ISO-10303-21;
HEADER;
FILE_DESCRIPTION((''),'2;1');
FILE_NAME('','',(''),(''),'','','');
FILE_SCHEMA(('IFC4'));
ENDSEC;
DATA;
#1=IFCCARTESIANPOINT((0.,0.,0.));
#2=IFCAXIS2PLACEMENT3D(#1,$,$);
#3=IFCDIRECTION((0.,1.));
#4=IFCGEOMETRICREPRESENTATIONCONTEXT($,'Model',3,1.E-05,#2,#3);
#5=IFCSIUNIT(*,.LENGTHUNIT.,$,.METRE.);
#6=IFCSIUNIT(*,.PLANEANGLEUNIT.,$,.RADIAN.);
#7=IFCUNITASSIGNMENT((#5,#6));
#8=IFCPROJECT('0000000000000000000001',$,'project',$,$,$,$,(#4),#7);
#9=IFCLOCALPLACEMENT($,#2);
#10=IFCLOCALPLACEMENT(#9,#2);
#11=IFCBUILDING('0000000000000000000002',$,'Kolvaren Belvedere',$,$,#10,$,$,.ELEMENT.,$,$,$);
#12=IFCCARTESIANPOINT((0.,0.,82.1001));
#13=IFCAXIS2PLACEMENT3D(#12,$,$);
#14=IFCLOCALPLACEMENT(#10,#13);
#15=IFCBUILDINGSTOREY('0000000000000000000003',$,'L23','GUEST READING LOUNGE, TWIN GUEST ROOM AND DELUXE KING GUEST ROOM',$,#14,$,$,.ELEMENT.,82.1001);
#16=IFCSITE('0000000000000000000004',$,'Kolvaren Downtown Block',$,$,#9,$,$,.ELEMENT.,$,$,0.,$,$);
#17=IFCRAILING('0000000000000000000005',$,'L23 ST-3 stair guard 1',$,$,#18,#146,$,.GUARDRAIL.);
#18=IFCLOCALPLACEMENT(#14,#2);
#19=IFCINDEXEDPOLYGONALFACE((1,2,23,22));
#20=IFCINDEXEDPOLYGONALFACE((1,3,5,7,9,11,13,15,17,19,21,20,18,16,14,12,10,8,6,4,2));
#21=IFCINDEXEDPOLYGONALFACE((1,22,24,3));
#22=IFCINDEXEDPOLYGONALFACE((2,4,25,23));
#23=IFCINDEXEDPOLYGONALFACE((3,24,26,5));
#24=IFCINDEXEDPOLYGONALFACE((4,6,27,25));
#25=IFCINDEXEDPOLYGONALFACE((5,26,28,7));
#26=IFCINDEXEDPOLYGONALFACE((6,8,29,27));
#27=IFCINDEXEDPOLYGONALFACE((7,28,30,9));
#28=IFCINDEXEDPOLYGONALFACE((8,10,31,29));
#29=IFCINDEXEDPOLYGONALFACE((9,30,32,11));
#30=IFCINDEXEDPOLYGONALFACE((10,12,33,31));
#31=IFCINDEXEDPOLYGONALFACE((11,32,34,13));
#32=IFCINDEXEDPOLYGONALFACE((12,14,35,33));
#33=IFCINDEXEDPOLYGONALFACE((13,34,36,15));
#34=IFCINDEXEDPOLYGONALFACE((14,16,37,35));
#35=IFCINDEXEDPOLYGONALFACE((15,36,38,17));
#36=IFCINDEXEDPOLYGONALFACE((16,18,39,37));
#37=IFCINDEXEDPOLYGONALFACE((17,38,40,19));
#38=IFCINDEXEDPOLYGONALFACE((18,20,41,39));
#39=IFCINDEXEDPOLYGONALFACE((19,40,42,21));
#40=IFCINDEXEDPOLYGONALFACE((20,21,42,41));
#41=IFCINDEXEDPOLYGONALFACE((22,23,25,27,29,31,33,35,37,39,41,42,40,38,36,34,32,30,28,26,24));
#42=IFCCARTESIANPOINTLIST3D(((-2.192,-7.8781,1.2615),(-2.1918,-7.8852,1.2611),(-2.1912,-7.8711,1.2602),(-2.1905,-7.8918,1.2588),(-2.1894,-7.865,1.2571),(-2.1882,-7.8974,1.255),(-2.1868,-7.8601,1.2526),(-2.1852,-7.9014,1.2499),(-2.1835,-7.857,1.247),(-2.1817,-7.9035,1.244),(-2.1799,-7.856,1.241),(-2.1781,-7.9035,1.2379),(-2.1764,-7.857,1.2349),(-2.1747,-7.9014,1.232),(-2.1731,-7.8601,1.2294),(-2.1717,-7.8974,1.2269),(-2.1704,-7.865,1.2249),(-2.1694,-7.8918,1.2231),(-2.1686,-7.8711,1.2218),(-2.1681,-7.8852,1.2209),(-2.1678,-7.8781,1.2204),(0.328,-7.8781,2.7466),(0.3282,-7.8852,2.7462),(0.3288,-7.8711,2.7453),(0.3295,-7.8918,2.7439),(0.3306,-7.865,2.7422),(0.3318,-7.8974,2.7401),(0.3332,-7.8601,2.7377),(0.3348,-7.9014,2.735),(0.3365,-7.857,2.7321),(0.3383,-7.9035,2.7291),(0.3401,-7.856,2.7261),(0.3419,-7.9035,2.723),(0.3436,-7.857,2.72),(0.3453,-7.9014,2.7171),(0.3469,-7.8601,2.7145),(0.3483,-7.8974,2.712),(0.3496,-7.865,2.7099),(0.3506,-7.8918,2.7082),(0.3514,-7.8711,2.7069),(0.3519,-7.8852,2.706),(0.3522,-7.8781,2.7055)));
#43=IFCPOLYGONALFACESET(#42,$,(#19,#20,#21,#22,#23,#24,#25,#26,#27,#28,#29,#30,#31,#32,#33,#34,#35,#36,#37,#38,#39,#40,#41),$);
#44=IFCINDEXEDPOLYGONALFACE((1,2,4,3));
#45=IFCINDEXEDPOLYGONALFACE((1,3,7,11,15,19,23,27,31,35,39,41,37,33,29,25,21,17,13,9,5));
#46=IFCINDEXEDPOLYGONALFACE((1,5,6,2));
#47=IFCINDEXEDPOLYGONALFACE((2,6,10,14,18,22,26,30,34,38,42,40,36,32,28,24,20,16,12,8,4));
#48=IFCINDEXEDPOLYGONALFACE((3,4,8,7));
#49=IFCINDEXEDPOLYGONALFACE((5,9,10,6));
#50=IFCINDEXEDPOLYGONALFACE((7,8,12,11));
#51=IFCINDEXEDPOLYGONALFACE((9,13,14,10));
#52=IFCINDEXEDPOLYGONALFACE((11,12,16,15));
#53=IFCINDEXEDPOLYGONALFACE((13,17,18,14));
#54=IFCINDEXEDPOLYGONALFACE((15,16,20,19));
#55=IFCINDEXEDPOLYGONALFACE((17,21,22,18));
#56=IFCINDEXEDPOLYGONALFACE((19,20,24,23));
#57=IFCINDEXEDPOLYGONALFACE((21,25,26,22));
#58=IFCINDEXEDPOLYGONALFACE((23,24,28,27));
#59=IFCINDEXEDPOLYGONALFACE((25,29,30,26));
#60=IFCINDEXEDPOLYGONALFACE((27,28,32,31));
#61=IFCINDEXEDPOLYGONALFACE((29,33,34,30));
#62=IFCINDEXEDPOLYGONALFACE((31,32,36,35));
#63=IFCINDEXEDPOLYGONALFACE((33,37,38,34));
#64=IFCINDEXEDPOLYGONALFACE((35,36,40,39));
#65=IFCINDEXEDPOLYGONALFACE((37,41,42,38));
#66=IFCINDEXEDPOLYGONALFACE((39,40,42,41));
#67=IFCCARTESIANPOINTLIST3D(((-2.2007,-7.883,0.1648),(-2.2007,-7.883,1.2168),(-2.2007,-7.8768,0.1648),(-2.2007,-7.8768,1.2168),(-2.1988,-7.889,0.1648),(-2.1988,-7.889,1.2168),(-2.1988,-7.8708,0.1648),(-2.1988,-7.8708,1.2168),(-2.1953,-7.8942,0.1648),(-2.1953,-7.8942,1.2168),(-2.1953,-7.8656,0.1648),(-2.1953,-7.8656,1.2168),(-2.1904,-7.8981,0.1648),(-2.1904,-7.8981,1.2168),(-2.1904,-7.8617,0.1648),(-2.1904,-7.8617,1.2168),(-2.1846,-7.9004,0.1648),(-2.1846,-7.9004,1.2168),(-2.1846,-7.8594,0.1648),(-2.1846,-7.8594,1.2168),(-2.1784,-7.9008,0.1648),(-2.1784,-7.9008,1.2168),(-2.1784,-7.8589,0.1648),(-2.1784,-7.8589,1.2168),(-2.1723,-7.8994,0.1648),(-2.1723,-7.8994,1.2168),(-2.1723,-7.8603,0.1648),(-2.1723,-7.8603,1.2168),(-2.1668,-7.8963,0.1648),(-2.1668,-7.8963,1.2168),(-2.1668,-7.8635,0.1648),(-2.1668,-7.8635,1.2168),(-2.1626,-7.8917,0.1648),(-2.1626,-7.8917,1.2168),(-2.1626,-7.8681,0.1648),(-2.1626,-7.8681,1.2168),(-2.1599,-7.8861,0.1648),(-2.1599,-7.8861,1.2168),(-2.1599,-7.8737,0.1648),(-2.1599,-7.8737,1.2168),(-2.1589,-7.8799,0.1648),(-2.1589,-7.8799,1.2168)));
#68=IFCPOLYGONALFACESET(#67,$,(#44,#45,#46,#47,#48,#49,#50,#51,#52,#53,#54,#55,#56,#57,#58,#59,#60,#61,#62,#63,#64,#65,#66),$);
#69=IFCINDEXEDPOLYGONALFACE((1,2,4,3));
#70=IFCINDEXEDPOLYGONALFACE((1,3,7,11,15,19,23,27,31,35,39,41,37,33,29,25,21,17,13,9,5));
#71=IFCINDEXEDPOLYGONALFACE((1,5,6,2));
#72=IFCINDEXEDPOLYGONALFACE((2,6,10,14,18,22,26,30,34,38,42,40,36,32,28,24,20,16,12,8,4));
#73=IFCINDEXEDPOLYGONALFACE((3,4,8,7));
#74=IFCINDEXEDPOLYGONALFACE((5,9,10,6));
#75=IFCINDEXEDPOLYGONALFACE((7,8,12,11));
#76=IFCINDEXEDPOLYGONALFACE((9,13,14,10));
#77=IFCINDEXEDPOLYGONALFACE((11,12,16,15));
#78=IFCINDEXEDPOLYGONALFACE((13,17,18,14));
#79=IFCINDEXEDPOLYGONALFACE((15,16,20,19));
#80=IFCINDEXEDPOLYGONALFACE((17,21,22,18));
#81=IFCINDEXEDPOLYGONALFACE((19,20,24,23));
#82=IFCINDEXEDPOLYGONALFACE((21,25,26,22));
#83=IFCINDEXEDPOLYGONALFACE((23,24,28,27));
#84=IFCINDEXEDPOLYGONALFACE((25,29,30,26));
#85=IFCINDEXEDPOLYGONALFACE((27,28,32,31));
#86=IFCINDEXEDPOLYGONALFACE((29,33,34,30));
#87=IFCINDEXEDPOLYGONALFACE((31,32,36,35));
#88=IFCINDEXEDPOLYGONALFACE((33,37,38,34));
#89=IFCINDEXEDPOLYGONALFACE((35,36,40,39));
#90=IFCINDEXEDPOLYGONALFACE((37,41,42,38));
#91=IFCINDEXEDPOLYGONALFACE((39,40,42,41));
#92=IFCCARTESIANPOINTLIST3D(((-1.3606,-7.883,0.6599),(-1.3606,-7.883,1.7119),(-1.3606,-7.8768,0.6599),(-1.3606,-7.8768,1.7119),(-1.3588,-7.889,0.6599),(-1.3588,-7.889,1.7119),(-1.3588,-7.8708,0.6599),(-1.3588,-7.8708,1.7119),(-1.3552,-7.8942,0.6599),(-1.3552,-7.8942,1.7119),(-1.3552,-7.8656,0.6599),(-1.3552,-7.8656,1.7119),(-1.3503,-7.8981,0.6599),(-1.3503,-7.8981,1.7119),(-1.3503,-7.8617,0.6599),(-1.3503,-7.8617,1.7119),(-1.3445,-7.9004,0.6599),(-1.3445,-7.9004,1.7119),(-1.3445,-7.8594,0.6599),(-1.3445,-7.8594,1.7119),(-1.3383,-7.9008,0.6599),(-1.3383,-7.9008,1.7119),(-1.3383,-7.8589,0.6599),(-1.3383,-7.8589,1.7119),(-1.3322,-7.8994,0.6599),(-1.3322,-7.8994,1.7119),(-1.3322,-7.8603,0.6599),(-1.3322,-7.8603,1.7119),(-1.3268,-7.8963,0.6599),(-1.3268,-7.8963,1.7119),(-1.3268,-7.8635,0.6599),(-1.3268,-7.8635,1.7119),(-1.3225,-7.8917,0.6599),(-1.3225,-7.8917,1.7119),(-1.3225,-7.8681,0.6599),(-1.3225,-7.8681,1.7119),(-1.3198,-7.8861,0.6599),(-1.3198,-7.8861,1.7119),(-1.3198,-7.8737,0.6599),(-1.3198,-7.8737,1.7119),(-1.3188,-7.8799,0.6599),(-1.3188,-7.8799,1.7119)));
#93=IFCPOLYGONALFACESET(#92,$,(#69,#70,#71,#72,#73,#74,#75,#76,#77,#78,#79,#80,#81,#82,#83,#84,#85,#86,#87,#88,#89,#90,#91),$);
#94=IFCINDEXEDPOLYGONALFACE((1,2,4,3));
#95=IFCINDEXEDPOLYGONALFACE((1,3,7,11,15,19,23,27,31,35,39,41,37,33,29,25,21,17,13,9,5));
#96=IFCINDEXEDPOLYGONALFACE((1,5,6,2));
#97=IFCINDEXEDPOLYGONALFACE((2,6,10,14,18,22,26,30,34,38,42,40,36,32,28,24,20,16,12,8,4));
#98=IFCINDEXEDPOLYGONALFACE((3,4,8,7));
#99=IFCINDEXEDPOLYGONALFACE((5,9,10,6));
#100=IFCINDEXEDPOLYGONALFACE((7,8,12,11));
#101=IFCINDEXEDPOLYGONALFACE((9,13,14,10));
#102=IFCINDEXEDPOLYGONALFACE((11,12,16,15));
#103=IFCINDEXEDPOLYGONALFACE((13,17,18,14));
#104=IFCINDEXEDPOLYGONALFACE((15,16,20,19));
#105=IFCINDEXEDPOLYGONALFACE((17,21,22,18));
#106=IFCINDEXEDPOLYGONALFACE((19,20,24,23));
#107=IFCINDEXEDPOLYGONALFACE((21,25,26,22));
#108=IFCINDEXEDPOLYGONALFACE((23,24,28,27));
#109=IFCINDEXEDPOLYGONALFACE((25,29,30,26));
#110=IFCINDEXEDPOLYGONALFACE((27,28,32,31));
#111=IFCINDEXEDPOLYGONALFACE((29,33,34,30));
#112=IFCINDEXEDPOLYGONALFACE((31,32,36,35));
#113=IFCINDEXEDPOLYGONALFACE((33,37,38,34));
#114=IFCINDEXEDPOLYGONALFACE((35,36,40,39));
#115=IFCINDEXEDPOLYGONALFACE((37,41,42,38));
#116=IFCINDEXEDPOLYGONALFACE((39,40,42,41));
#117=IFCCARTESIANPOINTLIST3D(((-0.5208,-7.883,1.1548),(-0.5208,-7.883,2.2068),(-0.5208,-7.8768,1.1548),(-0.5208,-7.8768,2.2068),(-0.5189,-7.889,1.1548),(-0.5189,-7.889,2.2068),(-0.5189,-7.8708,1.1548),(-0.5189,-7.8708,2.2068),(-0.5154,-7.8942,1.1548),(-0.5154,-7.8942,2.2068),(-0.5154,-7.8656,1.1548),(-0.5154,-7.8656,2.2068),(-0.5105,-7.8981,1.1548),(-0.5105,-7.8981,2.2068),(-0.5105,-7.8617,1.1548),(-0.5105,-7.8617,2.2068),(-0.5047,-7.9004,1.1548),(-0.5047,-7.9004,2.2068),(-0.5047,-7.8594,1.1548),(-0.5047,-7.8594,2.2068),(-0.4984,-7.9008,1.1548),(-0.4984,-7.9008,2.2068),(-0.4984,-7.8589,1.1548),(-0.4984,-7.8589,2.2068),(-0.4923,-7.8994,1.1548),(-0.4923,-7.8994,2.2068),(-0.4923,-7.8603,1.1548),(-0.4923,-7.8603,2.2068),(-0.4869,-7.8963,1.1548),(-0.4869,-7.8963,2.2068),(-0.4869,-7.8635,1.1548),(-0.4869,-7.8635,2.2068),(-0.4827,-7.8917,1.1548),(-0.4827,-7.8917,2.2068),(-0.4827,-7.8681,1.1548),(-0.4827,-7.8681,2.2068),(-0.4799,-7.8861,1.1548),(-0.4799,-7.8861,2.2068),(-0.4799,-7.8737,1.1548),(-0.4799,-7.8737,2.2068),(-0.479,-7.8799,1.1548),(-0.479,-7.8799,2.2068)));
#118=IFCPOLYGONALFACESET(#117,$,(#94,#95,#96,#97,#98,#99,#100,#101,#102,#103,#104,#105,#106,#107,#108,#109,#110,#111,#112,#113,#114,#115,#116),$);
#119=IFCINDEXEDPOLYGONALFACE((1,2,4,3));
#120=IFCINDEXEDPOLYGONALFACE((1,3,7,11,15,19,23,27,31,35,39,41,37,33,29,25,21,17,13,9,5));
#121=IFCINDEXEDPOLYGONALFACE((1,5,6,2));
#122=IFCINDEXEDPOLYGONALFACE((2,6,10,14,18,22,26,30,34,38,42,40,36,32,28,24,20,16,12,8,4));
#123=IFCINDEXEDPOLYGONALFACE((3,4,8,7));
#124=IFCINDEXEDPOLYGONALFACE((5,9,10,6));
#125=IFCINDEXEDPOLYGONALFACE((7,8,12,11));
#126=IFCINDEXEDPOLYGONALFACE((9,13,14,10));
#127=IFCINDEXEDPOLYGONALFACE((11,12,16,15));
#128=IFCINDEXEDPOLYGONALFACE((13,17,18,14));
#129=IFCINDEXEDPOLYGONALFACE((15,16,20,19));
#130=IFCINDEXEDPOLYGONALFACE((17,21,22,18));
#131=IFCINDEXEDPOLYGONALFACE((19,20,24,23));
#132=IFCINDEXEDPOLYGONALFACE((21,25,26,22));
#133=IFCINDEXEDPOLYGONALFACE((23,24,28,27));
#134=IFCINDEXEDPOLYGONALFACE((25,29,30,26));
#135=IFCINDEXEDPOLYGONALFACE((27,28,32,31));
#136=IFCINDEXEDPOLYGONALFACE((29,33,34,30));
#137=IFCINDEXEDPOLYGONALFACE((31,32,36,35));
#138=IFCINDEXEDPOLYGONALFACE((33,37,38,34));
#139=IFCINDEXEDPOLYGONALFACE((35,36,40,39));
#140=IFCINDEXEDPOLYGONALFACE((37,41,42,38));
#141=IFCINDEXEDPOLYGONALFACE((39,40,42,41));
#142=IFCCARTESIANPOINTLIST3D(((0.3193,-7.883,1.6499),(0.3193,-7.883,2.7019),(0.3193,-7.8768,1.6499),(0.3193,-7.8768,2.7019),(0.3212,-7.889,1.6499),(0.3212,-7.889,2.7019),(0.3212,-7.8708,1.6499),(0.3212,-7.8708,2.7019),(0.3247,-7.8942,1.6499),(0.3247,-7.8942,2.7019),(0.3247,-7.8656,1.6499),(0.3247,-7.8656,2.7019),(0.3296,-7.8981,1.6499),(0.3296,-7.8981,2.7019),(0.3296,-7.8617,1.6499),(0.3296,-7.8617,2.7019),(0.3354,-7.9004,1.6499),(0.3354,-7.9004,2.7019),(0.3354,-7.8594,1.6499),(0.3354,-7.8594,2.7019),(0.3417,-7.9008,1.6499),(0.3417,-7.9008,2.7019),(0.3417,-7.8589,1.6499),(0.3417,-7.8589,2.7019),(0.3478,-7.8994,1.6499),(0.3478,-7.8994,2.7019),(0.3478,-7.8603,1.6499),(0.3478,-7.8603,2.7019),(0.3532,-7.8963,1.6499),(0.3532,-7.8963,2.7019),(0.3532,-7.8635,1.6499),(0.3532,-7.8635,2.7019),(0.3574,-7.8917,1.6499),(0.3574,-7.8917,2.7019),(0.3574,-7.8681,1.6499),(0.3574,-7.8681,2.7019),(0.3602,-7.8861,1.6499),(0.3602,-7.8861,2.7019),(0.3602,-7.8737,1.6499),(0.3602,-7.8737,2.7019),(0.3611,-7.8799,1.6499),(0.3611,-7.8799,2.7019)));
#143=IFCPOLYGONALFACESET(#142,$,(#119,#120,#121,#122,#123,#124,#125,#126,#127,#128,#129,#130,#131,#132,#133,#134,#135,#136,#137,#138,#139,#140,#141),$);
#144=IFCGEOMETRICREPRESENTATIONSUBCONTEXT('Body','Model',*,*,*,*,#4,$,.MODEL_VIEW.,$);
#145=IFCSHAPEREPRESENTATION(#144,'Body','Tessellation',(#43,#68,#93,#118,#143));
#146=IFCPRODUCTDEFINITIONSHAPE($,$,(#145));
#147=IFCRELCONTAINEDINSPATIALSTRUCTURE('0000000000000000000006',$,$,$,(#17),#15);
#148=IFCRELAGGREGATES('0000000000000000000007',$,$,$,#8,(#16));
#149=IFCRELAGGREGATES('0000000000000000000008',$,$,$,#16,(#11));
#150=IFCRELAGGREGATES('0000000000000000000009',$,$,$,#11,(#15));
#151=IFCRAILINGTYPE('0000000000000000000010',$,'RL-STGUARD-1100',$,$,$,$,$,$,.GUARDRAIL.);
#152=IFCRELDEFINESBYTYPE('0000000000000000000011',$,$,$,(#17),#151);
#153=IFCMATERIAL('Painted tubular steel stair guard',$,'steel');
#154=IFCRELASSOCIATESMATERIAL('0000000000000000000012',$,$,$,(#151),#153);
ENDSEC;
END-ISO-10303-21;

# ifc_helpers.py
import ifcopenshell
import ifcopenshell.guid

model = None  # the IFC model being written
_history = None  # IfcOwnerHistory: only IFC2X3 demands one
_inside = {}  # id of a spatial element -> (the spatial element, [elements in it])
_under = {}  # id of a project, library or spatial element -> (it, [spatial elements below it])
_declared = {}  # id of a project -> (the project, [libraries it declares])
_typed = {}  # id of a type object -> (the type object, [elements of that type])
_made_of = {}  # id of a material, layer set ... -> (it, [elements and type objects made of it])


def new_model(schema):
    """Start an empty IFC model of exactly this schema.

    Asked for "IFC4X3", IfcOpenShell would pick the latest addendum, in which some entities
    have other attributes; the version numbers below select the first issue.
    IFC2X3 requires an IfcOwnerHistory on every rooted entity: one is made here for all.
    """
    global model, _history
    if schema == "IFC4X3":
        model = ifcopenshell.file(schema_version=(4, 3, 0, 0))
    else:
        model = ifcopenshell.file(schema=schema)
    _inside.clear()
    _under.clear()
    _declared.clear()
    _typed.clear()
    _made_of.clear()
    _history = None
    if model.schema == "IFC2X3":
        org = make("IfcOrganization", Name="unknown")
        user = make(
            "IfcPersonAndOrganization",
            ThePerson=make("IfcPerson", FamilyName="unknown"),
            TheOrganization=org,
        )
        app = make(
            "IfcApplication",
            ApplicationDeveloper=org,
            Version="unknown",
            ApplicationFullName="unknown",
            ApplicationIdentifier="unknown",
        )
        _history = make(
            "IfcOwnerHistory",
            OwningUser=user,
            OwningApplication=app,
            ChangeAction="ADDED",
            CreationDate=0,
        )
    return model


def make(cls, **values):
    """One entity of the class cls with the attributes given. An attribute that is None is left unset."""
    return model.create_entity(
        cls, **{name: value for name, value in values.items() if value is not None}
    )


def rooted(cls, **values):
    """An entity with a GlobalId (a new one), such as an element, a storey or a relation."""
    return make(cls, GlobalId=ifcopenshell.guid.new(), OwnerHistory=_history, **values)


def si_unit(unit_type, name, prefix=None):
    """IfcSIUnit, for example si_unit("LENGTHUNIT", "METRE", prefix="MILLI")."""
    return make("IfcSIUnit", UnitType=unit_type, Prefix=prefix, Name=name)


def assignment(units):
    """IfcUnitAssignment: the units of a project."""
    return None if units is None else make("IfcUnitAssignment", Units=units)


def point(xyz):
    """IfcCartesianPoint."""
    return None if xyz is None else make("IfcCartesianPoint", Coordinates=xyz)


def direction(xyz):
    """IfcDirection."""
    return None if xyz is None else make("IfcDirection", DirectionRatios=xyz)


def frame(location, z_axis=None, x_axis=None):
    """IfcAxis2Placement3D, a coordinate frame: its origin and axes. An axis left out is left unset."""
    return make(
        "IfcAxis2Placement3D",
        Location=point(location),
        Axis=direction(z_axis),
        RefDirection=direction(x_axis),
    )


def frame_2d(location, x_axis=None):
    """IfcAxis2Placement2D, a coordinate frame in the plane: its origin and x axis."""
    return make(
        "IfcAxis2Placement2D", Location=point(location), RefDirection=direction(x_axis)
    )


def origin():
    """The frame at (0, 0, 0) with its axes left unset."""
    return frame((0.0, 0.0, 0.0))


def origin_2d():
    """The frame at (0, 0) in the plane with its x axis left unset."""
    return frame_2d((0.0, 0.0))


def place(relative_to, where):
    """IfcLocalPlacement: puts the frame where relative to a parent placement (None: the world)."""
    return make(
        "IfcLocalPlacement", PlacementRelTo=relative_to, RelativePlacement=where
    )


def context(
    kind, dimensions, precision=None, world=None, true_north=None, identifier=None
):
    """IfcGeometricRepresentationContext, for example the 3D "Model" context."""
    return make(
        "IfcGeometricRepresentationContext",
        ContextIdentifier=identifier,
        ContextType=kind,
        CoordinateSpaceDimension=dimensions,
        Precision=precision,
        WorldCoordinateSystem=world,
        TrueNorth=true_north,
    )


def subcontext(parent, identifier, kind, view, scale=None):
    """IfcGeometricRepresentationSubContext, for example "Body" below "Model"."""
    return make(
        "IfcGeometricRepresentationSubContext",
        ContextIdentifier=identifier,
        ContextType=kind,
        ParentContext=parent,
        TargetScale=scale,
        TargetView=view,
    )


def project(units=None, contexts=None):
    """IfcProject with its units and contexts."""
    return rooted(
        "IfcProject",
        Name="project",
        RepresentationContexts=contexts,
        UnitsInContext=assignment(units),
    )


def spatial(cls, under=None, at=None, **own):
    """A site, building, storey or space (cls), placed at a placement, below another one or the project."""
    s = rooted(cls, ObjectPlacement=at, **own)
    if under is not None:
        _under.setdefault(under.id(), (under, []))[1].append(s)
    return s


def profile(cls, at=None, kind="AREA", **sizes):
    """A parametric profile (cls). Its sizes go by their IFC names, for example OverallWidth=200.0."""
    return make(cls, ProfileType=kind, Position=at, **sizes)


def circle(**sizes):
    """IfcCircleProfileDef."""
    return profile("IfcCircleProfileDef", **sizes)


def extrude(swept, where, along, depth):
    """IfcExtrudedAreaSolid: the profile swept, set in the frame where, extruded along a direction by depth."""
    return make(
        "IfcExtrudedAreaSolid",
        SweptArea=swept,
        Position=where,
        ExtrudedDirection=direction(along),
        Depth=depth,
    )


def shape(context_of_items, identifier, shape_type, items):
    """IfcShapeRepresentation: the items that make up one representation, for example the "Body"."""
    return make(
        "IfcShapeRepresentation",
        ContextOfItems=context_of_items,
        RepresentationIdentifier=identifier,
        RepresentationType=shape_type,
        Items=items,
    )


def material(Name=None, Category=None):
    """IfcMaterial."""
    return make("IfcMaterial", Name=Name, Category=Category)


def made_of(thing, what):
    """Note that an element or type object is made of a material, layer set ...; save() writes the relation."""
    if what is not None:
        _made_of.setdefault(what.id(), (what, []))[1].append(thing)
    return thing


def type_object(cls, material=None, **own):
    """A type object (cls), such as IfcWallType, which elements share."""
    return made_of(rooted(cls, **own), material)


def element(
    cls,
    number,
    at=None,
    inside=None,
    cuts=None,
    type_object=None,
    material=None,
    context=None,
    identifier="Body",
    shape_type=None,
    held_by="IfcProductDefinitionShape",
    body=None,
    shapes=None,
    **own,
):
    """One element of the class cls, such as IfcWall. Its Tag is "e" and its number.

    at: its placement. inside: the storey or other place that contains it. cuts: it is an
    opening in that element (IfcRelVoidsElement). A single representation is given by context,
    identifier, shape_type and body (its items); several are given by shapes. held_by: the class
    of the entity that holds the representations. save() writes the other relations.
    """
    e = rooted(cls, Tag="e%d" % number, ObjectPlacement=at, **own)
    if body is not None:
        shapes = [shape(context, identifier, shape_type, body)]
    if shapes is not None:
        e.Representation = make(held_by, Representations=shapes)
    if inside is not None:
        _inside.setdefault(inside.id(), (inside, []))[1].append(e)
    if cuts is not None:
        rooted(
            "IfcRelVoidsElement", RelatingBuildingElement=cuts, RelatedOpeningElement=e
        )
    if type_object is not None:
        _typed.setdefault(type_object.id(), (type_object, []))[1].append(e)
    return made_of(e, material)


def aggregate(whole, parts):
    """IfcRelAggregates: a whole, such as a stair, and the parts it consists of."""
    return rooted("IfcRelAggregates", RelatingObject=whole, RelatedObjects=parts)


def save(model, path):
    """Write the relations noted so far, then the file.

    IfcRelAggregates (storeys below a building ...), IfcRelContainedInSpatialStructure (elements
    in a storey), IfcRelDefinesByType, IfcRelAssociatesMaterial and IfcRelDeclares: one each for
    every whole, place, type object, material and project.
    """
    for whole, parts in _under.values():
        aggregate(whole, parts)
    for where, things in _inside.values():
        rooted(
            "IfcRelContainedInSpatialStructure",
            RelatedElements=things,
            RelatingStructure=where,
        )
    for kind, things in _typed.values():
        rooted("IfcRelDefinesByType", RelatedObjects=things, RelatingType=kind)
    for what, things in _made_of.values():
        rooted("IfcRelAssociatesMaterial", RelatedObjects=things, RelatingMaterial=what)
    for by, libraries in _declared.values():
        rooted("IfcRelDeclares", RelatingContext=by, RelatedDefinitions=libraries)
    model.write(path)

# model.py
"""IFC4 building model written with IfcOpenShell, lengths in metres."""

from ifc_helpers import new_model, si_unit, direction, frame, origin, origin_2d, place, context, subcontext, project, spatial, circle, extrude, material, type_object, element, save


model = new_model("IFC4")

# Units and contexts
model_context = context("Model", 3, precision=1e-05, world=origin(), true_north=direction((0.0, 1.0)))
body_context = subcontext(model_context, "Body", "Model", "MODEL_VIEW")
ifc_project = project(units=[si_unit("LENGTHUNIT", "METRE"), si_unit("PLANEANGLEUNIT", "RADIAN")], contexts=[model_context])

# Site, building, storey
site_placement = place(None, origin())
site = spatial("IfcSite", under=ifc_project, at=site_placement, Name="Kolvaren Downtown Block", CompositionType="ELEMENT", RefElevation=0.0)
building_placement = place(site_placement, origin())
building = spatial("IfcBuilding", under=site, at=building_placement, Name="Kolvaren Belvedere", CompositionType="ELEMENT")
storey_placement = place(building_placement, frame((0.0, 0.0, 82.1001)))
storey = spatial("IfcBuildingStorey", under=building, at=storey_placement, Name="L23", Description="GUEST READING LOUNGE, TWIN GUEST ROOM AND DELUXE KING GUEST ROOM", CompositionType="ELEMENT", Elevation=82.1001)

# Railing
ifc_material_1 = material(Name="Painted tubular steel stair guard", Category="steel")
railing_type_1 = type_object("IfcRailingType", Name="RL-STGUARD-1100", PredefinedType="GUARDRAIL", material=ifc_material_1)
railing_1_placement = place(storey_placement, frame((-2.1799, -7.8799, 0.1648)))
element("IfcRailing", 1, at=railing_1_placement, inside=storey, type_object=railing_type_1, Name="L23 ST-3 stair guard 1", PredefinedType="GUARDRAIL", context=body_context, shape_type="SweptSolid", body=[
    extrude(circle(Radius=0.0239, at=origin_2d()), frame((0.0, 0.0, 1.0762), z_axis=(0.861524, 0.0, 0.507717), x_axis=(0.0, 1.0, 0.0)), (0.0, 0.0, 1.0), 2.925),
    extrude(circle(Radius=0.021, at=origin_2d()), origin(), (0.0, 0.0, 1.0), 1.052),
    extrude(circle(Radius=0.021, at=origin_2d()), frame((0.8401, 0.0, 0.4951)), (0.0, 0.0, 1.0), 1.052),
    extrude(circle(Radius=0.021, at=origin_2d()), frame((1.6799, 0.0, 0.99)), (0.0, 0.0, 1.0), 1.052),
    extrude(circle(Radius=0.021, at=origin_2d()), frame((2.52, 0.0, 1.4851)), (0.0, 0.0, 1.0), 1.052),
])

save(model, "model.ifc")
